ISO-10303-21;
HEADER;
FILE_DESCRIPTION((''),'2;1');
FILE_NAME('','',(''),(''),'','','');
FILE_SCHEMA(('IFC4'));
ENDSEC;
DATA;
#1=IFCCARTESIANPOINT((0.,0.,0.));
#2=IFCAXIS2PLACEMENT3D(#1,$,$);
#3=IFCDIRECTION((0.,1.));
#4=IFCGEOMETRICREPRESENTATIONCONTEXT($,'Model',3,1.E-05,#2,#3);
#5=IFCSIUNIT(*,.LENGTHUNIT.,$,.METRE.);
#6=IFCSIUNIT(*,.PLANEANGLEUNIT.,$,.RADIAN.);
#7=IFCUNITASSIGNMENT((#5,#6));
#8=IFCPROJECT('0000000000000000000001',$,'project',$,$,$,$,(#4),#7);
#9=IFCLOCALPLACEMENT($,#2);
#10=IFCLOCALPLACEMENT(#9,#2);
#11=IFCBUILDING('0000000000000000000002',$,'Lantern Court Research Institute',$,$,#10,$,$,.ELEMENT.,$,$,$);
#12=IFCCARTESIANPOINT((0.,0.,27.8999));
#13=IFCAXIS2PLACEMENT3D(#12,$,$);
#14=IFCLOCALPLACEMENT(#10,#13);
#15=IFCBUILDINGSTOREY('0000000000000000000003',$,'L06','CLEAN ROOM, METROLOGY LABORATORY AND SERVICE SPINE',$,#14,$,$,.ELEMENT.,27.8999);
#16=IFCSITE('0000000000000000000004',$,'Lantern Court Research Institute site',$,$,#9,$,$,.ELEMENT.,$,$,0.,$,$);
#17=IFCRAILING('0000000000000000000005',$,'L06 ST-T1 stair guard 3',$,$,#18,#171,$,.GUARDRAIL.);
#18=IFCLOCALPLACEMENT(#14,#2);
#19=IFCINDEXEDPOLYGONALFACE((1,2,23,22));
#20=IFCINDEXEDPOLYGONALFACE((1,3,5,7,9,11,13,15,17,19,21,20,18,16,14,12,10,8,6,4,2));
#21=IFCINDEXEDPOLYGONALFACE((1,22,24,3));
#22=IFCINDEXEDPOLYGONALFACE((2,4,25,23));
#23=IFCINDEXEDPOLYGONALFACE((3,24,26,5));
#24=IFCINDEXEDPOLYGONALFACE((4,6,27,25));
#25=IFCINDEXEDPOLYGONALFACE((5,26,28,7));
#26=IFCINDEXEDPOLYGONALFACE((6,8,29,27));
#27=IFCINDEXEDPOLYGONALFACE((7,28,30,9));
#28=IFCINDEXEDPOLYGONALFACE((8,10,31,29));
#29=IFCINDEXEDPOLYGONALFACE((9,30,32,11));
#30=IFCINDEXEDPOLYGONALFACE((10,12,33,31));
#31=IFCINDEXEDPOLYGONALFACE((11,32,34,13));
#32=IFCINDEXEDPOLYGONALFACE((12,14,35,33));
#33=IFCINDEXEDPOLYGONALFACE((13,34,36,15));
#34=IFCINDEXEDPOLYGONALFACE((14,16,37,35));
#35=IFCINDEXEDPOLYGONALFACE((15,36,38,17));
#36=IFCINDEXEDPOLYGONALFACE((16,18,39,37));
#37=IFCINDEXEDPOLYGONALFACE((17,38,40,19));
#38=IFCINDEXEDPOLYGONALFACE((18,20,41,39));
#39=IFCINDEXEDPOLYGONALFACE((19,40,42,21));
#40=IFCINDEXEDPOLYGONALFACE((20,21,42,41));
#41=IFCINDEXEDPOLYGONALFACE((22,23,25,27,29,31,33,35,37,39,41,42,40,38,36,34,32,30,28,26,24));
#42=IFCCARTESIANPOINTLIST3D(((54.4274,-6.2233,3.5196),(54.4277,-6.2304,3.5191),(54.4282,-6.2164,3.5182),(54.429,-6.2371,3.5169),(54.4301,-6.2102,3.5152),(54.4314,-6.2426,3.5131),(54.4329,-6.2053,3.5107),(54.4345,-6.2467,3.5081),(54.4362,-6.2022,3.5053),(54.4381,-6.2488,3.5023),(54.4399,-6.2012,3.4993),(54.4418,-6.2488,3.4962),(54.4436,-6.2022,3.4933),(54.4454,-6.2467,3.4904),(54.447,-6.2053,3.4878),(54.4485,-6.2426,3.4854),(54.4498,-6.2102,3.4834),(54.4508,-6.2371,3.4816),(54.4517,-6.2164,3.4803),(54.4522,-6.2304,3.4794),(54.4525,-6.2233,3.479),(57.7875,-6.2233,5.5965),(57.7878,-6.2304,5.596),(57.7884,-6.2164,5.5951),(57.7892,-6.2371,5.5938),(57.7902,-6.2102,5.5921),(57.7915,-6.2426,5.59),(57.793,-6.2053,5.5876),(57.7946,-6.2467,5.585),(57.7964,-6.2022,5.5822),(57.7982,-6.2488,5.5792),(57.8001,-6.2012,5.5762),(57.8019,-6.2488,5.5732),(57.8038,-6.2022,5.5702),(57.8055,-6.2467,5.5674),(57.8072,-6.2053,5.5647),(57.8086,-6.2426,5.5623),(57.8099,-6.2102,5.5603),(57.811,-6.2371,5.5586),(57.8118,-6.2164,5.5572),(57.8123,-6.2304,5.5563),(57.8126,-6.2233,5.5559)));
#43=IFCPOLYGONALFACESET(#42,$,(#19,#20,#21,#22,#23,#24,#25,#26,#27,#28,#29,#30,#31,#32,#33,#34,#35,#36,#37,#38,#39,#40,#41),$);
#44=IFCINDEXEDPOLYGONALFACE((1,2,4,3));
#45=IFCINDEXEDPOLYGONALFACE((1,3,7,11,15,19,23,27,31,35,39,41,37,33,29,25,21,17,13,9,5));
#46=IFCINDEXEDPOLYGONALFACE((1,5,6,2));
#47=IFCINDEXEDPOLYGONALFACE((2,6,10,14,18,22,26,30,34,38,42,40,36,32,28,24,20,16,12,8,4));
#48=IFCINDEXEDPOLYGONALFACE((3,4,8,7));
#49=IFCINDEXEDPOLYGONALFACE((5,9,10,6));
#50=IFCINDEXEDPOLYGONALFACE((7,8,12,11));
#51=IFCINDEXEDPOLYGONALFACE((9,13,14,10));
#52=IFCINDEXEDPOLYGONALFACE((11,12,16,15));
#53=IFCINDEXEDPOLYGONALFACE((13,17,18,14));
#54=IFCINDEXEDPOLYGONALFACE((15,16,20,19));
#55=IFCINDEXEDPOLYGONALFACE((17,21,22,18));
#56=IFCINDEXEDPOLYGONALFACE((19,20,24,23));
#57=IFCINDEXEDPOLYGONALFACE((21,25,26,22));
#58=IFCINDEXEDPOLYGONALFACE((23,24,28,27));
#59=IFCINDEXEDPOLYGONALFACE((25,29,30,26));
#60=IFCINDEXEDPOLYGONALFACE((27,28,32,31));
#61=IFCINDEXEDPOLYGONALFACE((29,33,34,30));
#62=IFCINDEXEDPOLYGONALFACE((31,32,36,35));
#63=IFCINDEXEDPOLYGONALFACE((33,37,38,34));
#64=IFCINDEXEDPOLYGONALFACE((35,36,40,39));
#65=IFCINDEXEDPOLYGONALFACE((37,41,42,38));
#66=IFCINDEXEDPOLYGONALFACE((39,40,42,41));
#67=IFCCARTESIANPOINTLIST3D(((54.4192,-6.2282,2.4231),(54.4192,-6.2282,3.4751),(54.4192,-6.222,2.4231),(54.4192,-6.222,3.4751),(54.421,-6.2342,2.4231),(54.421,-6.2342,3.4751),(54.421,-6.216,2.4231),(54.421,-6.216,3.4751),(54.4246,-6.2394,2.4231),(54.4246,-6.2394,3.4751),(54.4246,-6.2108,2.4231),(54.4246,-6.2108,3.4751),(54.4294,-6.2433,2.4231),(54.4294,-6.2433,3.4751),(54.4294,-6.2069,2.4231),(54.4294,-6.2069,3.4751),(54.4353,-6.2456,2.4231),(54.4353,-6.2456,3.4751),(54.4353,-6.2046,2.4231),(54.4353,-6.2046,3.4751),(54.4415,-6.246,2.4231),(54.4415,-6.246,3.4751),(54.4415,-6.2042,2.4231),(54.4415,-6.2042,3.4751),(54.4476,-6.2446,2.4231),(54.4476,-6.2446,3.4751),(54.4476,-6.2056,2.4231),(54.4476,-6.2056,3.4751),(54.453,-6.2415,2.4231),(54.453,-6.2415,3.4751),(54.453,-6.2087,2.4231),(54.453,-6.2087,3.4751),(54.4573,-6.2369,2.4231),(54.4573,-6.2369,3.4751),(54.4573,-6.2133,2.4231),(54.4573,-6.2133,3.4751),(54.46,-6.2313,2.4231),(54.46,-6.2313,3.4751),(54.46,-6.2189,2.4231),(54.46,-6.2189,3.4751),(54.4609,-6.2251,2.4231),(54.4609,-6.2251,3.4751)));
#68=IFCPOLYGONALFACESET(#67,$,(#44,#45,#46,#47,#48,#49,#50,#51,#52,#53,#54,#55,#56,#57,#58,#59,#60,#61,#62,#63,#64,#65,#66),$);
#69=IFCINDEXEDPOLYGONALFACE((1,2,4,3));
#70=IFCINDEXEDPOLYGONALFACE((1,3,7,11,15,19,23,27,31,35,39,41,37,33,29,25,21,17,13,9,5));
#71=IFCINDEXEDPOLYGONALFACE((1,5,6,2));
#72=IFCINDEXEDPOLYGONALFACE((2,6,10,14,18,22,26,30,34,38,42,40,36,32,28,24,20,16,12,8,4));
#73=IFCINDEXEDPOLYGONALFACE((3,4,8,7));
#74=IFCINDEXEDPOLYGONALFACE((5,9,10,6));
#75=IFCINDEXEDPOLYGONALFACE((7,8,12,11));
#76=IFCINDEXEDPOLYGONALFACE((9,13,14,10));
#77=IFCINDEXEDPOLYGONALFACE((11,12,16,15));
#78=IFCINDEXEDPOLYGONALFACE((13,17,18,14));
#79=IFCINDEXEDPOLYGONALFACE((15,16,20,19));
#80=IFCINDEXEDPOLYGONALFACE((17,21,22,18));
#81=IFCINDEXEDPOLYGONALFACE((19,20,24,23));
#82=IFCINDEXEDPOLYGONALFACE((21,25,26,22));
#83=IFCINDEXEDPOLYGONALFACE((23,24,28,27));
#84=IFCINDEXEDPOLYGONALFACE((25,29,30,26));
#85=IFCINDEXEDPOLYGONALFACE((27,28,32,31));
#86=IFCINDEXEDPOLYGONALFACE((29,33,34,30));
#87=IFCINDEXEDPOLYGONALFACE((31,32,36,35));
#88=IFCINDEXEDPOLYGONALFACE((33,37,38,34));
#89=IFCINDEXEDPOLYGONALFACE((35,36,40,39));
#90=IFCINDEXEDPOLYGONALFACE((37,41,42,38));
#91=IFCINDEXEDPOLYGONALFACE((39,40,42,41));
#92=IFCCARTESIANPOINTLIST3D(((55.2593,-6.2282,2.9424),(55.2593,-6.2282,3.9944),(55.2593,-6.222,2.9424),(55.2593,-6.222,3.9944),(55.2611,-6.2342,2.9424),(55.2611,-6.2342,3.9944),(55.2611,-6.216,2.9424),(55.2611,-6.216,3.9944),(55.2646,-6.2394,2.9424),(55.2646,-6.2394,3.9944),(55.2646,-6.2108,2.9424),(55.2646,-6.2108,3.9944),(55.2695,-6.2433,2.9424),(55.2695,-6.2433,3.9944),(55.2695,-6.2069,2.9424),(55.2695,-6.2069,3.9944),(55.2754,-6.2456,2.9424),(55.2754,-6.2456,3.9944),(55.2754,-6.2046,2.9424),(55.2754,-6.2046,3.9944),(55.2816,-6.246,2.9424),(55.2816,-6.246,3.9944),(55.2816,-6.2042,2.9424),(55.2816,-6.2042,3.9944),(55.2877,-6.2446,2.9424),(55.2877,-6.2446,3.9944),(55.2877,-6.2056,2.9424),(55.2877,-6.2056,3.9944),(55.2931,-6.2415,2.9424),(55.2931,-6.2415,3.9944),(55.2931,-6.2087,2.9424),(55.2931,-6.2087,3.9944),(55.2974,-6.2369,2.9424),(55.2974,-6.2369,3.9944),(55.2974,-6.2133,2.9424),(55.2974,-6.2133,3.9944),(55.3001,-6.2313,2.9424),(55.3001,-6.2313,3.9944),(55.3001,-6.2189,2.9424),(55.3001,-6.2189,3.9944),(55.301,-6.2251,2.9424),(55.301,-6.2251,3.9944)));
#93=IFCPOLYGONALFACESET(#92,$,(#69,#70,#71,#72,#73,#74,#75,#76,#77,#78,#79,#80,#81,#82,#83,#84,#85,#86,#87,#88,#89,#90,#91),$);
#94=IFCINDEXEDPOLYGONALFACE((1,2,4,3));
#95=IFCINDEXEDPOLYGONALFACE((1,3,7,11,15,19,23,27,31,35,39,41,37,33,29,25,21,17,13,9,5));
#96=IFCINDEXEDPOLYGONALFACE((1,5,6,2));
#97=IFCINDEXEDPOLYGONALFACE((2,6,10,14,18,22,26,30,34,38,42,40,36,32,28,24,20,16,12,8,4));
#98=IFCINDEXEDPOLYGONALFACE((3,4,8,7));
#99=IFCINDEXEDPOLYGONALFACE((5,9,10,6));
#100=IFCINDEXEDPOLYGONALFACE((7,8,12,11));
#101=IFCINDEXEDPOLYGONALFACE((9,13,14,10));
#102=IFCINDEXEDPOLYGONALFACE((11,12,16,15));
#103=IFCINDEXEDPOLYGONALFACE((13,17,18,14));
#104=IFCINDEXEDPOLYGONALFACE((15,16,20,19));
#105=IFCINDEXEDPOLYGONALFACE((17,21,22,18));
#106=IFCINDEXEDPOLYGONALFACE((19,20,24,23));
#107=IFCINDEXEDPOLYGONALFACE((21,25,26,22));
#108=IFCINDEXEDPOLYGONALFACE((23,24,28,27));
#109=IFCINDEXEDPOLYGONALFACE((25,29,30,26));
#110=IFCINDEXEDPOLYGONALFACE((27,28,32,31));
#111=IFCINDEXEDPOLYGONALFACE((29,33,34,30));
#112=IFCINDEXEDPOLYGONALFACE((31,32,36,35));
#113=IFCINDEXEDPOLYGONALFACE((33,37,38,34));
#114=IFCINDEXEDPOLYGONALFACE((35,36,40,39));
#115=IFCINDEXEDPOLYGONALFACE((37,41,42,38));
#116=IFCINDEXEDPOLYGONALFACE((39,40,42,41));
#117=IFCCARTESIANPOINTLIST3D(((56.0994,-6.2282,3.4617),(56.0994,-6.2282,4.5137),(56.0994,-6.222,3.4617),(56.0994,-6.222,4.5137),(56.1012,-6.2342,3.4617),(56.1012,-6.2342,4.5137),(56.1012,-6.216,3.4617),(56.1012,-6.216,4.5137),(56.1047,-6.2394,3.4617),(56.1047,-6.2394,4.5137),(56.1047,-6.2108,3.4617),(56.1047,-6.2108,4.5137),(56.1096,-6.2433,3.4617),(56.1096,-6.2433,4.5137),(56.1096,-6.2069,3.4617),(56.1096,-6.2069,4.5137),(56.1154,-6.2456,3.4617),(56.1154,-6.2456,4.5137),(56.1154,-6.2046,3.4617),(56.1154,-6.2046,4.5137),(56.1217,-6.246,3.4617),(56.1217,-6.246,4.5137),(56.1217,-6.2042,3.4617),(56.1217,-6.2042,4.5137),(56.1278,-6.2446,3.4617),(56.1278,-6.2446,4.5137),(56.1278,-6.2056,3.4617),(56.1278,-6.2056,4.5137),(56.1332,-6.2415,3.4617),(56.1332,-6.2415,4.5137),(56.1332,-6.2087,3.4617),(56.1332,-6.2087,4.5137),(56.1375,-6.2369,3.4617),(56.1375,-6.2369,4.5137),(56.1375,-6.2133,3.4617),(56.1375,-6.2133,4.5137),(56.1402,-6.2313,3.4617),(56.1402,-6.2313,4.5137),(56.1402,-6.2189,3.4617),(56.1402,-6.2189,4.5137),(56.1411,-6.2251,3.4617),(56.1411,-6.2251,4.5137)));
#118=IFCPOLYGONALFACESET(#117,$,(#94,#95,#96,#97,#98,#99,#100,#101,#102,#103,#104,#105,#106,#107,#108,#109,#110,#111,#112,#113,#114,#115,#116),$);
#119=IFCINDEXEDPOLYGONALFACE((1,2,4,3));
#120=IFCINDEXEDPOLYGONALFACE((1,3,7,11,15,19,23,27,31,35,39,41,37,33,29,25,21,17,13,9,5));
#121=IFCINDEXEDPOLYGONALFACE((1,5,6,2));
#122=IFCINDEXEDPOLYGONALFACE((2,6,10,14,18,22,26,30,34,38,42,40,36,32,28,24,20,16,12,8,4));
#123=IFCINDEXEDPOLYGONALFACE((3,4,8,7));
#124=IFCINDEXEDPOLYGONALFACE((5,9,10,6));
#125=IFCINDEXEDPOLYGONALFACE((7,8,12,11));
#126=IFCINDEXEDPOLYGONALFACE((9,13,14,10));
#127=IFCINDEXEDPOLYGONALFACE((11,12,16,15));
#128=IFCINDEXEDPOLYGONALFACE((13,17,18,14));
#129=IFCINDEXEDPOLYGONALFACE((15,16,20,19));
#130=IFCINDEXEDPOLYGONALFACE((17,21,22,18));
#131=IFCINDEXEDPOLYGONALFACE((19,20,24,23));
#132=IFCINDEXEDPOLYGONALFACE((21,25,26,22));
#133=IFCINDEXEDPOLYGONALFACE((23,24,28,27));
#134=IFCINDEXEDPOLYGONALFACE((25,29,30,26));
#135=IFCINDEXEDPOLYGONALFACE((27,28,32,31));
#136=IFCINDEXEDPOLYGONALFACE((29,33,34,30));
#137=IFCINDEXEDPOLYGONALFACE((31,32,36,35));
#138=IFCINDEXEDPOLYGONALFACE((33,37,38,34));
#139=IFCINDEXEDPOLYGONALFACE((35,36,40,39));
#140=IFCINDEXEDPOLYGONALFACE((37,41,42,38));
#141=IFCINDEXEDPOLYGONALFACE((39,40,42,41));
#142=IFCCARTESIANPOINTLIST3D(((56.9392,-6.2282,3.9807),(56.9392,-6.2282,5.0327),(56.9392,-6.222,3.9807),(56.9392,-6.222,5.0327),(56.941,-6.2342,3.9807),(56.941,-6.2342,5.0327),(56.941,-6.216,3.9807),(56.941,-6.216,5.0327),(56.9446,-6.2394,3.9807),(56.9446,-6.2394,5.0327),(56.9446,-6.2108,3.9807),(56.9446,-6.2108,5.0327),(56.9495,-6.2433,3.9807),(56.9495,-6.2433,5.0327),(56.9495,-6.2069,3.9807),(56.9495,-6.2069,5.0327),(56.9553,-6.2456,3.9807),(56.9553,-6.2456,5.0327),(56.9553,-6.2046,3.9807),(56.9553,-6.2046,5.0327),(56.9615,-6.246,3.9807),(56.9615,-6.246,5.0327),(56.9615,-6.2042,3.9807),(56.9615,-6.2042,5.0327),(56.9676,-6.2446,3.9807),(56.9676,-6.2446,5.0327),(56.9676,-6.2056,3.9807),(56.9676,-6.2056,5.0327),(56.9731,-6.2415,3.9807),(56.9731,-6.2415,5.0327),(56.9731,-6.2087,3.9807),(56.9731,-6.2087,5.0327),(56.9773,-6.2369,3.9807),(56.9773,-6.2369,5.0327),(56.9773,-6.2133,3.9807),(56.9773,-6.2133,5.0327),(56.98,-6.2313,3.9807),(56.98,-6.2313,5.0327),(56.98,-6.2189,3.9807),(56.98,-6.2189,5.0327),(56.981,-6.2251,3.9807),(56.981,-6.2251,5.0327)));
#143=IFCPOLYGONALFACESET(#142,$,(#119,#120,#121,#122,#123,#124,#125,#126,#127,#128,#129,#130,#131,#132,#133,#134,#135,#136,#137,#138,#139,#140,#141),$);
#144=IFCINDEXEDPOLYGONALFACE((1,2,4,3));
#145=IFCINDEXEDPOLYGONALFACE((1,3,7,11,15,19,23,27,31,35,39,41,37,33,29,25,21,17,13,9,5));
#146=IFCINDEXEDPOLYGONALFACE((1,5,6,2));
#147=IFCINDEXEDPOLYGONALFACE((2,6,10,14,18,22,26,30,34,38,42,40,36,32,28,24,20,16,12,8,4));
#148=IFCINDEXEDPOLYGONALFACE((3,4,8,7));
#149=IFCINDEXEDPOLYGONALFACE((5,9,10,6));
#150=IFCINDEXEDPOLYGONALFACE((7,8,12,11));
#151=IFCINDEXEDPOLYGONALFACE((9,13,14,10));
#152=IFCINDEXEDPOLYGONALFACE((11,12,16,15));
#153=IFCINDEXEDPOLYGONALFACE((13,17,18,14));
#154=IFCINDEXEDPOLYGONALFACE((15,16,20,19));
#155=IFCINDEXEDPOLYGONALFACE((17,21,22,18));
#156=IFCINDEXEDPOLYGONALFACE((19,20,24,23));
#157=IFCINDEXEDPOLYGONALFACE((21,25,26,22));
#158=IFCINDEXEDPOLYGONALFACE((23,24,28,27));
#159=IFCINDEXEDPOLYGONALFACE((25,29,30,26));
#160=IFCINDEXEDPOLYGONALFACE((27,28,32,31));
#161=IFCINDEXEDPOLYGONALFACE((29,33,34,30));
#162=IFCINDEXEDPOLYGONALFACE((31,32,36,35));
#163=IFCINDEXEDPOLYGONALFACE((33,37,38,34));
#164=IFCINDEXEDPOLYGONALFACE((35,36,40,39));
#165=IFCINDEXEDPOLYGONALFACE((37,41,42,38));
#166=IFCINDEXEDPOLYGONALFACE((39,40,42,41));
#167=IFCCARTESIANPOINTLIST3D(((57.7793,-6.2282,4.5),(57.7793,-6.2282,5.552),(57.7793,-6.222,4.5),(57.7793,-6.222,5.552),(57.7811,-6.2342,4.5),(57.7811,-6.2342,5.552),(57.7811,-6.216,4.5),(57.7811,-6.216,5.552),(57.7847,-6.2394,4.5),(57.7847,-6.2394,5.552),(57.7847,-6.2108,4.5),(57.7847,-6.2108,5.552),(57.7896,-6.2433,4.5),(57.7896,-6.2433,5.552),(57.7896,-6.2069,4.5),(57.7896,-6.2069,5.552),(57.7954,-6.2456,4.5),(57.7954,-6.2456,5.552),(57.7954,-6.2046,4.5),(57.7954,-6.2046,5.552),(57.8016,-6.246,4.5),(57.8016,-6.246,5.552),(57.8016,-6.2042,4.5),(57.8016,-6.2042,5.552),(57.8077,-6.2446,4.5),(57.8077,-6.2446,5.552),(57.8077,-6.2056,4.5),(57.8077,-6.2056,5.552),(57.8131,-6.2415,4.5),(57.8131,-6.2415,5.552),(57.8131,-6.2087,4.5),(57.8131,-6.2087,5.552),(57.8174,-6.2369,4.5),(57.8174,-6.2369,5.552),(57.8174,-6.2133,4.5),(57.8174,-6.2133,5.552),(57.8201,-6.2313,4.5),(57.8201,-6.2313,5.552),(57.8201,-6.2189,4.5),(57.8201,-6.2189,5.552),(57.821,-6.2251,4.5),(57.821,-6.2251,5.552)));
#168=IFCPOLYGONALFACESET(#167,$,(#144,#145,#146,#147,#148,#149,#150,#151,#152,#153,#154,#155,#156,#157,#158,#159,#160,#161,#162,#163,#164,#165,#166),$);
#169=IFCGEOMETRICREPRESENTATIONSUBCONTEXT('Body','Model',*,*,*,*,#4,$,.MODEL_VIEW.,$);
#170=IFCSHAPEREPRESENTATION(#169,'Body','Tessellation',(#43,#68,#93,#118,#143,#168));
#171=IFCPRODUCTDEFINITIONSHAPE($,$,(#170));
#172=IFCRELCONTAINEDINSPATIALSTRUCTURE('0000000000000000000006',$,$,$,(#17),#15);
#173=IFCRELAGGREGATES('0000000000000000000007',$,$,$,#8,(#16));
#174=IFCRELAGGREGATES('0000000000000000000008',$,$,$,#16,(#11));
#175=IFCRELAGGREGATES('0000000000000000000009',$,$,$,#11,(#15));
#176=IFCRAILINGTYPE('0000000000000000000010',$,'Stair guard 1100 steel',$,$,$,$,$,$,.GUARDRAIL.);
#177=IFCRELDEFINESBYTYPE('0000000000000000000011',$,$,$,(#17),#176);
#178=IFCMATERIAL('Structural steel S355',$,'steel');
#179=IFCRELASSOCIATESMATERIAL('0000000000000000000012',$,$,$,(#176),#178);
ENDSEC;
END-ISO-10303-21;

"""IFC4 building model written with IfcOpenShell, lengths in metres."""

from ifc_helpers import new_model, si_unit, direction, frame, origin, origin_2d, place, context, subcontext, project, spatial, circle, extrude, material, type_object, element, save


model = new_model("IFC4")

# Units and contexts
model_context = context("Model", 3, precision=1e-05, world=origin(), true_north=direction((0.0, 1.0)))
body_context = subcontext(model_context, "Body", "Model", "MODEL_VIEW")
ifc_project = project(units=[si_unit("LENGTHUNIT", "METRE"), si_unit("PLANEANGLEUNIT", "RADIAN")], contexts=[model_context])

# Site, building, storey
site_placement = place(None, origin())
site = spatial("IfcSite", under=ifc_project, at=site_placement, Name="Lantern Court Research Institute site", CompositionType="ELEMENT", RefElevation=0.0)
building_placement = place(site_placement, origin())
building = spatial("IfcBuilding", under=site, at=building_placement, Name="Lantern Court Research Institute", CompositionType="ELEMENT")
storey_placement = place(building_placement, frame((0.0, 0.0, 27.8999)))
storey = spatial("IfcBuildingStorey", under=building, at=storey_placement, Name="L06", Description="CLEAN ROOM, METROLOGY LABORATORY AND SERVICE SPINE", CompositionType="ELEMENT", Elevation=27.8999)

# Railing
ifc_material_1 = material(Name="Structural steel S355", Category="steel")
railing_type_1 = type_object("IfcRailingType", Name="Stair guard 1100 steel", PredefinedType="GUARDRAIL", material=ifc_material_1)
railing_1_placement = place(storey_placement, frame((54.4399, -6.2251, 2.4231)))
element("IfcRailing", 1, at=railing_1_placement, inside=storey, type_object=railing_type_1, Name="L06 ST-T1 stair guard 3", PredefinedType="GUARDRAIL", context=body_context, shape_type="SweptSolid", body=[
    extrude(circle(Radius=0.0239, at=origin_2d()), frame((0.0, 0.0, 1.0762), z_axis=(0.850623, 0.0, 0.525776), x_axis=(0.0, 1.0, 0.0)), (0.0, 0.0, 1.0), 3.9502),
    extrude(circle(Radius=0.021, at=origin_2d()), origin(), (0.0, 0.0, 1.0), 1.052),
    extrude(circle(Radius=0.021, at=origin_2d()), frame((0.8401, 0.0, 0.5193)), (0.0, 0.0, 1.0), 1.052),
    extrude(circle(Radius=0.021, at=origin_2d()), frame((1.6802, 0.0, 1.0386)), (0.0, 0.0, 1.0), 1.052),
    extrude(circle(Radius=0.021, at=origin_2d()), frame((2.52, 0.0, 1.5576)), (0.0, 0.0, 1.0), 1.052),
    extrude(circle(Radius=0.021, at=origin_2d()), frame((3.3601, 0.0, 2.0769)), (0.0, 0.0, 1.0), 1.052),
])

save(model, "model.ifc")
